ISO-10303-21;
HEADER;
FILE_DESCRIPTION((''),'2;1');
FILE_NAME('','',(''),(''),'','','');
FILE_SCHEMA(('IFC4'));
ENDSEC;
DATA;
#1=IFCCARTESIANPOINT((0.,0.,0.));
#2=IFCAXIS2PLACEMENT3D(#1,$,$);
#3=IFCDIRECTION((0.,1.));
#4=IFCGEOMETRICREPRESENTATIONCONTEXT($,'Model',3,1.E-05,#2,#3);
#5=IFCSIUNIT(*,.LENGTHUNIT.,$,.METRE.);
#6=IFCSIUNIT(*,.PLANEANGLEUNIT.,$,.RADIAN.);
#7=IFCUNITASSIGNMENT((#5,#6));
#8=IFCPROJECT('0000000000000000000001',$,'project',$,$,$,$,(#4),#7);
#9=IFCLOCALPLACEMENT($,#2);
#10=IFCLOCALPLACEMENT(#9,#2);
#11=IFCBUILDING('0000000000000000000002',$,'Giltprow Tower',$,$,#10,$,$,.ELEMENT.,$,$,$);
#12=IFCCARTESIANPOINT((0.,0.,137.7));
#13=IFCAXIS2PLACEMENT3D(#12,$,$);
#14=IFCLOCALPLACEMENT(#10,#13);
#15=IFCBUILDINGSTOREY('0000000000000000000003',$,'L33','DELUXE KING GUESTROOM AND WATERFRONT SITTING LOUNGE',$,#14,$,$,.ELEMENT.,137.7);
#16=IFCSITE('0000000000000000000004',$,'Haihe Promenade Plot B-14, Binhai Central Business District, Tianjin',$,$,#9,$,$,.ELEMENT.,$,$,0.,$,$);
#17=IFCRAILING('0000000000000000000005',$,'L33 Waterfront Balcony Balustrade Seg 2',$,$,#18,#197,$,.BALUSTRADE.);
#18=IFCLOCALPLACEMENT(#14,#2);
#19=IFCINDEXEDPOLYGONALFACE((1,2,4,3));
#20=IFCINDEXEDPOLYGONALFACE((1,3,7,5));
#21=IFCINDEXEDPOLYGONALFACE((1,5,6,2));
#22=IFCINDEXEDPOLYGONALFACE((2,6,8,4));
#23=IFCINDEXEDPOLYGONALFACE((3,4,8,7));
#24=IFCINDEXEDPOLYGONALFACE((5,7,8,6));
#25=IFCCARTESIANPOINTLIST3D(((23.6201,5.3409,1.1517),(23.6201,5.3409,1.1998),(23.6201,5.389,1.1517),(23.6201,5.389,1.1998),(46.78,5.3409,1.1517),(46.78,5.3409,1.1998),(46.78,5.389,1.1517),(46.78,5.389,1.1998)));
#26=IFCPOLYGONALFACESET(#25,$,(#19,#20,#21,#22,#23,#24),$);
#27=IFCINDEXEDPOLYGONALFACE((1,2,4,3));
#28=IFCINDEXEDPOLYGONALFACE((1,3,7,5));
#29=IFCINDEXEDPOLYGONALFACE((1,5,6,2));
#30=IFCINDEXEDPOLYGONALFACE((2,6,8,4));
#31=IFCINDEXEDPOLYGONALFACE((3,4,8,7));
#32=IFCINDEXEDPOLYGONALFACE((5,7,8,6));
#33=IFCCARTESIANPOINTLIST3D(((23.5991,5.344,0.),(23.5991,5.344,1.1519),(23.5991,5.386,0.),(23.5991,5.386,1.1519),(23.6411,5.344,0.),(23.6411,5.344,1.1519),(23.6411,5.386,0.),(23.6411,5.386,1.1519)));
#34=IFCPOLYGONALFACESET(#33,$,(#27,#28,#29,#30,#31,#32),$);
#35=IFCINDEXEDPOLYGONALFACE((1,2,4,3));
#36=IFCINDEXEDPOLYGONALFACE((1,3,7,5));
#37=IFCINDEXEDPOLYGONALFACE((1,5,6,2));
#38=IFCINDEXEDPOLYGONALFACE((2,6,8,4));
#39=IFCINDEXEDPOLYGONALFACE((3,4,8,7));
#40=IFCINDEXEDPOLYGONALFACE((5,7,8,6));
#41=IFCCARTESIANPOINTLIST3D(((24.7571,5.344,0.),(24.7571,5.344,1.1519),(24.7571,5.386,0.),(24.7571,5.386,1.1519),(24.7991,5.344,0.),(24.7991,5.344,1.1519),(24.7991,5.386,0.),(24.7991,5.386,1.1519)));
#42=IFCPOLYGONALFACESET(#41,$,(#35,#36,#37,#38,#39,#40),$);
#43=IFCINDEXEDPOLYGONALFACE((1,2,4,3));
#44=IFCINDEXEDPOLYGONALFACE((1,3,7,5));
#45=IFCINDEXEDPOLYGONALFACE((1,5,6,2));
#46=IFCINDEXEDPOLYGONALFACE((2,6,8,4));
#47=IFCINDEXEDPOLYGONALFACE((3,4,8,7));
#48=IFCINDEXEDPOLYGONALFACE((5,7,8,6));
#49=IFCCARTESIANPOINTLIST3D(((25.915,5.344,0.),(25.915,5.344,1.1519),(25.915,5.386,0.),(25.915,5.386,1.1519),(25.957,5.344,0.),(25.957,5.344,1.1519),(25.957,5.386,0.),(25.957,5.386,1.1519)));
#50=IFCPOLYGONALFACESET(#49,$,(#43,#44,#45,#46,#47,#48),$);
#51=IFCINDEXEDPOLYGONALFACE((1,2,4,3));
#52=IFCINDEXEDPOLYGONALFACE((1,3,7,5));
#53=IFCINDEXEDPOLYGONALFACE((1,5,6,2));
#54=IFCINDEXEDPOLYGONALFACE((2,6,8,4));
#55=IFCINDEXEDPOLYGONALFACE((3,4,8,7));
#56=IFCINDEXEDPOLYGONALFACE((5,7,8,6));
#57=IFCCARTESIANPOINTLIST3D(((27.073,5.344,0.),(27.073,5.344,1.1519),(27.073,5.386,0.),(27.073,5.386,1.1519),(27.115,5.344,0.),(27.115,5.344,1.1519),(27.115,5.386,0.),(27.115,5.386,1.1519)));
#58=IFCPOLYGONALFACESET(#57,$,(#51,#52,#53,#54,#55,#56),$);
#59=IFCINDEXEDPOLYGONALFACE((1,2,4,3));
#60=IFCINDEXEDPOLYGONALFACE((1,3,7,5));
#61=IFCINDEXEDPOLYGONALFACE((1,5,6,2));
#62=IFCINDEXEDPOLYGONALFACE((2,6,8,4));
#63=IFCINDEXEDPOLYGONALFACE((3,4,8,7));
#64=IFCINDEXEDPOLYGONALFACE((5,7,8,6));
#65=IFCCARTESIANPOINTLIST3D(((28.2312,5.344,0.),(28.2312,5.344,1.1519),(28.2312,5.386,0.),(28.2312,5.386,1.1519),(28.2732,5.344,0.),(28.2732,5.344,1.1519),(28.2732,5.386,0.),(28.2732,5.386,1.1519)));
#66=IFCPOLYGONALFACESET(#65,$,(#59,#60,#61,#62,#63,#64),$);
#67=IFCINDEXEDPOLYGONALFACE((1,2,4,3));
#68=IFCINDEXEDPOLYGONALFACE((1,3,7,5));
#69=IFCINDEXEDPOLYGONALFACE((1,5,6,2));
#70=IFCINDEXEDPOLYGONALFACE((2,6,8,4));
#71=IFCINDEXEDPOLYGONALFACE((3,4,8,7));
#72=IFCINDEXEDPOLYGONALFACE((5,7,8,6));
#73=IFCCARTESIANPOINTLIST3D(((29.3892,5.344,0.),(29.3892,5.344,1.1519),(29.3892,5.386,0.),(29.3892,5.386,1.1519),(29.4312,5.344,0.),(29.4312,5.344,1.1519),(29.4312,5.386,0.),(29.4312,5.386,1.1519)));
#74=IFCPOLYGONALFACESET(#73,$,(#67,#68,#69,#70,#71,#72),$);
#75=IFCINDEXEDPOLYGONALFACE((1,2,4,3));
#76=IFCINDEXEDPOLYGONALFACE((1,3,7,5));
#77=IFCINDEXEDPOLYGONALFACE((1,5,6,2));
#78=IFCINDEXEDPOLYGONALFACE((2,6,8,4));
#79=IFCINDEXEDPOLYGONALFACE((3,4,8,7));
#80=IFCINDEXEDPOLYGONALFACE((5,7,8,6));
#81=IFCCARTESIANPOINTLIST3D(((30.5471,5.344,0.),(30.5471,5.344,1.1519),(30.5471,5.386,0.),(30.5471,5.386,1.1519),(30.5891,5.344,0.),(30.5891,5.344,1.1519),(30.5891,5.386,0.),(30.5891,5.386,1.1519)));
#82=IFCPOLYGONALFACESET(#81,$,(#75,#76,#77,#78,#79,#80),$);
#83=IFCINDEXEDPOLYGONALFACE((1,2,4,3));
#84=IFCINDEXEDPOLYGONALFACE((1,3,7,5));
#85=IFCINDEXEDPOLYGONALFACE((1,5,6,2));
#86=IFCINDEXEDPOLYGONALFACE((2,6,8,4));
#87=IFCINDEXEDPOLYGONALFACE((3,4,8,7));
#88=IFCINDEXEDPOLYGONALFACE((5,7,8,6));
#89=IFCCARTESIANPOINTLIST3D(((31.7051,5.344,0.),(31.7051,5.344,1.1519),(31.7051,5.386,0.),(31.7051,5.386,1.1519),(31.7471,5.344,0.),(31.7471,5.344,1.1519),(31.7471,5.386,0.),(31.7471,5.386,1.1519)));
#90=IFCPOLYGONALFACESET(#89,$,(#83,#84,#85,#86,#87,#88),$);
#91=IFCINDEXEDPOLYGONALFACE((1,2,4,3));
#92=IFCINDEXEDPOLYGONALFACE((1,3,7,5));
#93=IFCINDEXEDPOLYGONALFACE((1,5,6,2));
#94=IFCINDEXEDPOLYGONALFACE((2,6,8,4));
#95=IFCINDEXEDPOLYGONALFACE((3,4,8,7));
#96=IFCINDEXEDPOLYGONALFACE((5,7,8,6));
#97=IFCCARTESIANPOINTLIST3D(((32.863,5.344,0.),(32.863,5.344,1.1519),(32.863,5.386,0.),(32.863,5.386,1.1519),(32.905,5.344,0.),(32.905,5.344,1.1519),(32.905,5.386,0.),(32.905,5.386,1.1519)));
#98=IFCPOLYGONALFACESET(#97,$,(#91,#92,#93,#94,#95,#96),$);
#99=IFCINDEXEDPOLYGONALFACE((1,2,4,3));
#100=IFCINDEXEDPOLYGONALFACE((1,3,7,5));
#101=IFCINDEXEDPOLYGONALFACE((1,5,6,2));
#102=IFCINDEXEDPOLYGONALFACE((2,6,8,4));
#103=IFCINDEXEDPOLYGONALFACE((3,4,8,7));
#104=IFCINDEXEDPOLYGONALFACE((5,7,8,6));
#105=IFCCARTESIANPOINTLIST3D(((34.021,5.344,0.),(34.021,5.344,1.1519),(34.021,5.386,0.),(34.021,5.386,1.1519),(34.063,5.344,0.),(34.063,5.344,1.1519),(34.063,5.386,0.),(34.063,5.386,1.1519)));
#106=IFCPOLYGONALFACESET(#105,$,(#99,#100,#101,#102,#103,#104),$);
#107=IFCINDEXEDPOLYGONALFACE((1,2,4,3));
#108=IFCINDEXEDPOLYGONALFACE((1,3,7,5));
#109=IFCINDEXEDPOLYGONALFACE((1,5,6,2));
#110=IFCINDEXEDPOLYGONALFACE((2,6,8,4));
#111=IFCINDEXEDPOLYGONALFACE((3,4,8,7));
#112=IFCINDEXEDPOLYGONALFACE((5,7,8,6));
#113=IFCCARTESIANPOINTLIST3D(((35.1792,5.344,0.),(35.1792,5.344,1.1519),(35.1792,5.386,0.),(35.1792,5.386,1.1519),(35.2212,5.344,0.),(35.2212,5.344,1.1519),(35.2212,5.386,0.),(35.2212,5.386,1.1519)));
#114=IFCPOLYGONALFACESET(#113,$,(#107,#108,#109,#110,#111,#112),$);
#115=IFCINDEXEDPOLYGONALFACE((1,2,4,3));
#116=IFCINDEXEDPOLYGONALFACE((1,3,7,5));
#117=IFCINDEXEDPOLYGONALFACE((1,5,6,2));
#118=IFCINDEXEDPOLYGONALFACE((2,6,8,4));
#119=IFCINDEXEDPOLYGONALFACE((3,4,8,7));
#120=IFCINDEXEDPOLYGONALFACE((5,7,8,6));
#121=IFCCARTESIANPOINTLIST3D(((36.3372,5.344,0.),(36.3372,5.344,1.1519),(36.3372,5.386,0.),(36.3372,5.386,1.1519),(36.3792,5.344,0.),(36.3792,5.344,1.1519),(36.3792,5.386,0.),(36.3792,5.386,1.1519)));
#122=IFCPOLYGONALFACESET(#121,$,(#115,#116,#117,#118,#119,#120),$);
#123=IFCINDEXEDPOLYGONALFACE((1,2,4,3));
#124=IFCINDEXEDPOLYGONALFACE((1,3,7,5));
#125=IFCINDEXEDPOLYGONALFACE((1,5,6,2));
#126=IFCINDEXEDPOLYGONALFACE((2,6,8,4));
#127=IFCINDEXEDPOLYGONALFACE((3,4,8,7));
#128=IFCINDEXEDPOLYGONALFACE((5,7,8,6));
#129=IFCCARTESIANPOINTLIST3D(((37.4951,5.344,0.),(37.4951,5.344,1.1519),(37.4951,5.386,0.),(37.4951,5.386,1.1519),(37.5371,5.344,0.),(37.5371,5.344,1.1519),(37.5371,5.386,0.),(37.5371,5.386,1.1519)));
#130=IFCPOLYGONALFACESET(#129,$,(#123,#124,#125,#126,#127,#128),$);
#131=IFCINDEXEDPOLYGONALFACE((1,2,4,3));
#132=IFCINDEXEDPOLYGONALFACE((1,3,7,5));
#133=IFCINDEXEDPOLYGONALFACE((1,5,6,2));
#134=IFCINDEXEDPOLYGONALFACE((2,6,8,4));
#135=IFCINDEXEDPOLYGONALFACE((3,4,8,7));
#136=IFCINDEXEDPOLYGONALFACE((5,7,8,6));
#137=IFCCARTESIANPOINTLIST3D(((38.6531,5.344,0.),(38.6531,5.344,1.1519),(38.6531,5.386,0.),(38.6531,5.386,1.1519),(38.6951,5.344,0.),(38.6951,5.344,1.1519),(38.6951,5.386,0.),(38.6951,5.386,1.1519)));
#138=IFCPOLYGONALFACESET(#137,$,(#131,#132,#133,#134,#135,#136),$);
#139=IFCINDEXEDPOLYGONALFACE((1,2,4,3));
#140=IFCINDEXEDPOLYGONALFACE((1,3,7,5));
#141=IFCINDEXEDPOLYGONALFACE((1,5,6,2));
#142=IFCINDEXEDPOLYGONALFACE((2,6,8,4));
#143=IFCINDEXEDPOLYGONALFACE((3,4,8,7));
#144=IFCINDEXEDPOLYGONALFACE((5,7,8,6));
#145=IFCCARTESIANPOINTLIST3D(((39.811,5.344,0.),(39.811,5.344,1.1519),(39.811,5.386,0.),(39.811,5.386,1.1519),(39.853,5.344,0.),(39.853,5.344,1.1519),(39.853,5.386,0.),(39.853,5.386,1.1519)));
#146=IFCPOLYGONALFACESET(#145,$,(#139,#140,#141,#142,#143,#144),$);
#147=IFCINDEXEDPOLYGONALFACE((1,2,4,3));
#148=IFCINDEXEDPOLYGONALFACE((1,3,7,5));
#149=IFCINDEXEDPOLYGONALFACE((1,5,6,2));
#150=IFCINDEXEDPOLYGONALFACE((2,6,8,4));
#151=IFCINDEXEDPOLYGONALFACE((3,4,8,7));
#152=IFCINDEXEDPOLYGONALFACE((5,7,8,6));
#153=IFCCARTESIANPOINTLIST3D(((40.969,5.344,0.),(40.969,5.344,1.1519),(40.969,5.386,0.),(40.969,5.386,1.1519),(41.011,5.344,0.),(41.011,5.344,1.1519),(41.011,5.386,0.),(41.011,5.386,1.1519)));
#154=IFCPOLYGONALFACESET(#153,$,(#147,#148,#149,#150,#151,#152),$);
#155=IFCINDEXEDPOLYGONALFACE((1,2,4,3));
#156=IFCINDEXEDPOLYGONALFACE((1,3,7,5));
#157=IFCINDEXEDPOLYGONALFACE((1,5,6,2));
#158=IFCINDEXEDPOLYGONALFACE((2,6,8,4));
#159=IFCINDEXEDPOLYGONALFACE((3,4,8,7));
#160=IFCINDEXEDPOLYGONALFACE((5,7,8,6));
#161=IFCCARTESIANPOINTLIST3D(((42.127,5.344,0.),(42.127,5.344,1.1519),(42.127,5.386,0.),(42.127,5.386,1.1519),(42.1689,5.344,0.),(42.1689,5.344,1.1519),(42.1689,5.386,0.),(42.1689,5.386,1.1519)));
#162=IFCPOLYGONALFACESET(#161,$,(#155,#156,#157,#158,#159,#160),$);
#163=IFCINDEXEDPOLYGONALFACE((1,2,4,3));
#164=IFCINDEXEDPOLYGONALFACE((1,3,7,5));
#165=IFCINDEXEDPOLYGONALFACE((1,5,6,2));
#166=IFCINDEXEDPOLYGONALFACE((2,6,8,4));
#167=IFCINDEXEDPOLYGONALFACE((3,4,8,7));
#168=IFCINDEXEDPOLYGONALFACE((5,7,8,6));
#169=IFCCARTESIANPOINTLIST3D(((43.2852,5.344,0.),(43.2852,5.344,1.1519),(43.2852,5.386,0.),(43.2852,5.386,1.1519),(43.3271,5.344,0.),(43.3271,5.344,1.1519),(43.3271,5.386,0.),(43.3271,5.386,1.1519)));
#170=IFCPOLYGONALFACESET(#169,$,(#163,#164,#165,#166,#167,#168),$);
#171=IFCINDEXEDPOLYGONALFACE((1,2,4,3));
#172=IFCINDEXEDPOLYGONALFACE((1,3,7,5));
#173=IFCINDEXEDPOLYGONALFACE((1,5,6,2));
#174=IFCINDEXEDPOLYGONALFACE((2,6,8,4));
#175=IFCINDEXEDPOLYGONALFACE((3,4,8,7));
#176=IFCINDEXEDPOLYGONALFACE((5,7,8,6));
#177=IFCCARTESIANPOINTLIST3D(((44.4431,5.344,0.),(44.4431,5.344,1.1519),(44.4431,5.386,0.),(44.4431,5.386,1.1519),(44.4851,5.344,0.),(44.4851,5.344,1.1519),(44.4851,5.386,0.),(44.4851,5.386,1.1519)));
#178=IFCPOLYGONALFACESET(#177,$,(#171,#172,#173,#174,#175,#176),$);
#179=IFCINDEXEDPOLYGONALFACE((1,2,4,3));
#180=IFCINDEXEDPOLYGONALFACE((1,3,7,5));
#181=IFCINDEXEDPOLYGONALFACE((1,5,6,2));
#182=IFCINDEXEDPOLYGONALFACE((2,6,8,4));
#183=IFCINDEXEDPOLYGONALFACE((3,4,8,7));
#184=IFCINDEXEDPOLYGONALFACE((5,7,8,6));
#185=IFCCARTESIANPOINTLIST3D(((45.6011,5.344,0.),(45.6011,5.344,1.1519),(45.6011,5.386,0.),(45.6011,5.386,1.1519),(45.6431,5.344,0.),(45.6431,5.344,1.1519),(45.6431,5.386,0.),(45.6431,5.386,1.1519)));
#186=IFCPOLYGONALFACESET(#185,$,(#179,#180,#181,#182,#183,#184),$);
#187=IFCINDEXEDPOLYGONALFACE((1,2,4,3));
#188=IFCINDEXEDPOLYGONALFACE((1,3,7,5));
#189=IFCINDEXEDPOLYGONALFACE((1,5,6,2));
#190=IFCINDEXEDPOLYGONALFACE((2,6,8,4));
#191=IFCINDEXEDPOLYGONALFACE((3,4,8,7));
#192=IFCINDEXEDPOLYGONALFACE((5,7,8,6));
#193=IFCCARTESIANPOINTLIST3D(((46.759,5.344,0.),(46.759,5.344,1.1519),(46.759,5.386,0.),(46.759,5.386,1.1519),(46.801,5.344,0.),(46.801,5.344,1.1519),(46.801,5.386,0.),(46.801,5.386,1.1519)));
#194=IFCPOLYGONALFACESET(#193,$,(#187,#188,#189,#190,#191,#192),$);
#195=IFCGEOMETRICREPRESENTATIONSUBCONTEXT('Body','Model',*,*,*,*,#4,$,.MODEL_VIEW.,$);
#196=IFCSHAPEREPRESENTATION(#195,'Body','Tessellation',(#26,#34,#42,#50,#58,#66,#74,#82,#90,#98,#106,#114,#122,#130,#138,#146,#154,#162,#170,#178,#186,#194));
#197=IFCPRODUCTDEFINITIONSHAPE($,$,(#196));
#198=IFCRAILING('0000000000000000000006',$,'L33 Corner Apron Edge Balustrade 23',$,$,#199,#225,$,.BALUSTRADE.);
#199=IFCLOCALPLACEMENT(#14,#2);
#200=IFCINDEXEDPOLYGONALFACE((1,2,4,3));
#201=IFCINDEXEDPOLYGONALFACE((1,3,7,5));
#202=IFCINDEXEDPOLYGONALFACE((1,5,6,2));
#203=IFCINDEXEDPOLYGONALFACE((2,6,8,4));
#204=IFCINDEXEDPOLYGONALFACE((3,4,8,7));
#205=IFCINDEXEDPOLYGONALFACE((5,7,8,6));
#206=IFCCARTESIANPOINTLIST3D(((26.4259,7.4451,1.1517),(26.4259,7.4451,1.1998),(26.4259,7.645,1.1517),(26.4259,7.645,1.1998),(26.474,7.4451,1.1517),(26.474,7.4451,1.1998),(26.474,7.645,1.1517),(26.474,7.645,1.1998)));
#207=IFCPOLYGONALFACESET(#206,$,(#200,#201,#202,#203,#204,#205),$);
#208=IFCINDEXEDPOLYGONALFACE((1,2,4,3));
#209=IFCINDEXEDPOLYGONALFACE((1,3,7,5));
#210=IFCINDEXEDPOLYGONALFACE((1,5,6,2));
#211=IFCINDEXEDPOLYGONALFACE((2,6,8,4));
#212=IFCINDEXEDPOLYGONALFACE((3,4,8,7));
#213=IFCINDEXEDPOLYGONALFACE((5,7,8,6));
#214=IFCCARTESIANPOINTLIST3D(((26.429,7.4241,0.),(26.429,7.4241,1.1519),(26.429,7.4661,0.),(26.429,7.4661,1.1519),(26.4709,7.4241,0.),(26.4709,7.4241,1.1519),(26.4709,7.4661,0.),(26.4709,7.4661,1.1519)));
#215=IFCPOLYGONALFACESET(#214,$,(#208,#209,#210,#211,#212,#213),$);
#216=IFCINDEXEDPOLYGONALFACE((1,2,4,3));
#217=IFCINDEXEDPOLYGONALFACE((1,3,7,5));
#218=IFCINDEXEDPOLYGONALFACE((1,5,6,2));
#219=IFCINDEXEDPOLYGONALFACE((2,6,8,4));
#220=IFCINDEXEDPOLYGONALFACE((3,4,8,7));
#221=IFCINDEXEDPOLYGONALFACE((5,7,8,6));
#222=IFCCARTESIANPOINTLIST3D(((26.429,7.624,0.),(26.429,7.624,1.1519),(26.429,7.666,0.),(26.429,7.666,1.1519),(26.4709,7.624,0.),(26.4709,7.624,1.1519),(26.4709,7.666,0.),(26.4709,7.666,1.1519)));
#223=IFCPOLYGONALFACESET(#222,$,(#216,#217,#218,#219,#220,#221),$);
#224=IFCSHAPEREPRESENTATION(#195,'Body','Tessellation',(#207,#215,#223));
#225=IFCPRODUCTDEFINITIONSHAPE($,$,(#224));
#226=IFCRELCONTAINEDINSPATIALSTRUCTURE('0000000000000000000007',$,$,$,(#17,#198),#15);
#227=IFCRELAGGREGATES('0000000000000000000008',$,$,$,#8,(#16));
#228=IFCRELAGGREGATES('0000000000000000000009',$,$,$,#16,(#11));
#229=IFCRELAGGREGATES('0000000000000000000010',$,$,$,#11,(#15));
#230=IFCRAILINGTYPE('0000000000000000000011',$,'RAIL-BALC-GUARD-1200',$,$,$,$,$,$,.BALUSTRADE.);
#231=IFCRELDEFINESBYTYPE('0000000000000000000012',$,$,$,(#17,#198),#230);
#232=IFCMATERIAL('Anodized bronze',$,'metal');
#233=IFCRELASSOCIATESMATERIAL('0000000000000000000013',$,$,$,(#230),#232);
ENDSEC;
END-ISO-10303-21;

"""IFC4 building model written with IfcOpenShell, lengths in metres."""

from ifc_helpers import new_model, si_unit, direction, frame, origin, origin_2d, place, context, subcontext, project, spatial, rectangle, extrude, material, type_object, element, save


model = new_model("IFC4")

# Units and contexts
model_context = context("Model", 3, precision=1e-05, world=origin(), true_north=direction((0.0, 1.0)))
body_context = subcontext(model_context, "Body", "Model", "MODEL_VIEW")
ifc_project = project(units=[si_unit("LENGTHUNIT", "METRE"), si_unit("PLANEANGLEUNIT", "RADIAN")], contexts=[model_context])

# Site, building, storey
site_placement = place(None, origin())
site = spatial("IfcSite", under=ifc_project, at=site_placement, Name="Haihe Promenade Plot B-14, Binhai Central Business District, Tianjin", CompositionType="ELEMENT", RefElevation=0.0)
building_placement = place(site_placement, origin())
building = spatial("IfcBuilding", under=site, at=building_placement, Name="Giltprow Tower", CompositionType="ELEMENT")
storey_placement = place(building_placement, frame((0.0, 0.0, 137.7)))
storey = spatial("IfcBuildingStorey", under=building, at=storey_placement, Name="L33", Description="DELUXE KING GUESTROOM AND WATERFRONT SITTING LOUNGE", CompositionType="ELEMENT", Elevation=137.7)

# Shared definitions
ifc_material_1 = material(Name="Anodized bronze", Category="metal")

# Railings
railing_type = type_object("IfcRailingType", Name="RAIL-BALC-GUARD-1200", PredefinedType="BALUSTRADE", material=ifc_material_1)
railing_1_placement = place(storey_placement, frame((23.6201, 5.365, 0.0)))
element("IfcRailing", 1, at=railing_1_placement, inside=storey, type_object=railing_type, Name="L33 Waterfront Balcony Balustrade Seg 2", PredefinedType="BALUSTRADE", context=body_context, shape_type="SweptSolid", body=[
    extrude(rectangle(XDim=0.0481, YDim=0.0481, at=origin_2d()), frame((0.0, 0.0, 1.1758), z_axis=(1.0, 0.0, 0.0), x_axis=(0.0, 1.0, 0.0)), (0.0, 0.0, 1.0), 23.1599),
    extrude(rectangle(XDim=0.042, YDim=0.042, at=origin_2d()), origin(), (0.0, 0.0, 1.0), 1.1519),
    extrude(rectangle(XDim=0.042, YDim=0.042, at=origin_2d()), frame((1.158, 0.0, 0.0)), (0.0, 0.0, 1.0), 1.1519),
    extrude(rectangle(XDim=0.042, YDim=0.042, at=origin_2d()), frame((2.3159, 0.0, 0.0)), (0.0, 0.0, 1.0), 1.1519),
    extrude(rectangle(XDim=0.042, YDim=0.042, at=origin_2d()), frame((3.4739, 0.0, 0.0)), (0.0, 0.0, 1.0), 1.1519),
    extrude(rectangle(XDim=0.042, YDim=0.042, at=origin_2d()), frame((4.6321, 0.0, 0.0)), (0.0, 0.0, 1.0), 1.1519),
    extrude(rectangle(XDim=0.042, YDim=0.042, at=origin_2d()), frame((5.79, 0.0, 0.0)), (0.0, 0.0, 1.0), 1.1519),
    extrude(rectangle(XDim=0.042, YDim=0.042, at=origin_2d()), frame((6.948, 0.0, 0.0)), (0.0, 0.0, 1.0), 1.1519),
    extrude(rectangle(XDim=0.042, YDim=0.042, at=origin_2d()), frame((8.106, 0.0, 0.0)), (0.0, 0.0, 1.0), 1.1519),
    extrude(rectangle(XDim=0.042, YDim=0.042, at=origin_2d()), frame((9.2639, 0.0, 0.0)), (0.0, 0.0, 1.0), 1.1519),
    extrude(rectangle(XDim=0.042, YDim=0.042, at=origin_2d()), frame((10.4219, 0.0, 0.0)), (0.0, 0.0, 1.0), 1.1519),
    extrude(rectangle(XDim=0.042, YDim=0.042, at=origin_2d()), frame((11.5801, 0.0, 0.0)), (0.0, 0.0, 1.0), 1.1519),
    extrude(rectangle(XDim=0.042, YDim=0.042, at=origin_2d()), frame((12.738, 0.0, 0.0)), (0.0, 0.0, 1.0), 1.1519),
    extrude(rectangle(XDim=0.042, YDim=0.042, at=origin_2d()), frame((13.896, 0.0, 0.0)), (0.0, 0.0, 1.0), 1.1519),
    extrude(rectangle(XDim=0.042, YDim=0.042, at=origin_2d()), frame((15.054, 0.0, 0.0)), (0.0, 0.0, 1.0), 1.1519),
    extrude(rectangle(XDim=0.042, YDim=0.042, at=origin_2d()), frame((16.2119, 0.0, 0.0)), (0.0, 0.0, 1.0), 1.1519),
    extrude(rectangle(XDim=0.042, YDim=0.042, at=origin_2d()), frame((17.3699, 0.0, 0.0)), (0.0, 0.0, 1.0), 1.1519),
    extrude(rectangle(XDim=0.042, YDim=0.042, at=origin_2d()), frame((18.5278, 0.0, 0.0)), (0.0, 0.0, 1.0), 1.1519),
    extrude(rectangle(XDim=0.042, YDim=0.042, at=origin_2d()), frame((19.686, 0.0, 0.0)), (0.0, 0.0, 1.0), 1.1519),
    extrude(rectangle(XDim=0.042, YDim=0.042, at=origin_2d()), frame((20.844, 0.0, 0.0)), (0.0, 0.0, 1.0), 1.1519),
    extrude(rectangle(XDim=0.042, YDim=0.042, at=origin_2d()), frame((22.002, 0.0, 0.0)), (0.0, 0.0, 1.0), 1.1519),
    extrude(rectangle(XDim=0.042, YDim=0.042, at=origin_2d()), frame((23.1599, 0.0, 0.0)), (0.0, 0.0, 1.0), 1.1519),
])
railing_2_placement = place(storey_placement, frame((26.45, 7.4451, 0.0)))
element("IfcRailing", 2, at=railing_2_placement, inside=storey, type_object=railing_type, Name="L33 Corner Apron Edge Balustrade 23", PredefinedType="BALUSTRADE", context=body_context, shape_type="SweptSolid", body=[
    extrude(rectangle(XDim=0.0481, YDim=0.0481, at=origin_2d()), frame((0.0, 0.0, 1.1758), z_axis=(0.0, 1.0, 0.0), x_axis=(-1.0, 0.0, 0.0)), (0.0, 0.0, 1.0), 0.2),
    extrude(rectangle(XDim=0.042, YDim=0.042, at=origin_2d()), origin(), (0.0, 0.0, 1.0), 1.1519),
    extrude(rectangle(XDim=0.042, YDim=0.042, at=origin_2d()), frame((0.0, 0.2, 0.0)), (0.0, 0.0, 1.0), 1.1519),
])

save(model, "model.ifc")
